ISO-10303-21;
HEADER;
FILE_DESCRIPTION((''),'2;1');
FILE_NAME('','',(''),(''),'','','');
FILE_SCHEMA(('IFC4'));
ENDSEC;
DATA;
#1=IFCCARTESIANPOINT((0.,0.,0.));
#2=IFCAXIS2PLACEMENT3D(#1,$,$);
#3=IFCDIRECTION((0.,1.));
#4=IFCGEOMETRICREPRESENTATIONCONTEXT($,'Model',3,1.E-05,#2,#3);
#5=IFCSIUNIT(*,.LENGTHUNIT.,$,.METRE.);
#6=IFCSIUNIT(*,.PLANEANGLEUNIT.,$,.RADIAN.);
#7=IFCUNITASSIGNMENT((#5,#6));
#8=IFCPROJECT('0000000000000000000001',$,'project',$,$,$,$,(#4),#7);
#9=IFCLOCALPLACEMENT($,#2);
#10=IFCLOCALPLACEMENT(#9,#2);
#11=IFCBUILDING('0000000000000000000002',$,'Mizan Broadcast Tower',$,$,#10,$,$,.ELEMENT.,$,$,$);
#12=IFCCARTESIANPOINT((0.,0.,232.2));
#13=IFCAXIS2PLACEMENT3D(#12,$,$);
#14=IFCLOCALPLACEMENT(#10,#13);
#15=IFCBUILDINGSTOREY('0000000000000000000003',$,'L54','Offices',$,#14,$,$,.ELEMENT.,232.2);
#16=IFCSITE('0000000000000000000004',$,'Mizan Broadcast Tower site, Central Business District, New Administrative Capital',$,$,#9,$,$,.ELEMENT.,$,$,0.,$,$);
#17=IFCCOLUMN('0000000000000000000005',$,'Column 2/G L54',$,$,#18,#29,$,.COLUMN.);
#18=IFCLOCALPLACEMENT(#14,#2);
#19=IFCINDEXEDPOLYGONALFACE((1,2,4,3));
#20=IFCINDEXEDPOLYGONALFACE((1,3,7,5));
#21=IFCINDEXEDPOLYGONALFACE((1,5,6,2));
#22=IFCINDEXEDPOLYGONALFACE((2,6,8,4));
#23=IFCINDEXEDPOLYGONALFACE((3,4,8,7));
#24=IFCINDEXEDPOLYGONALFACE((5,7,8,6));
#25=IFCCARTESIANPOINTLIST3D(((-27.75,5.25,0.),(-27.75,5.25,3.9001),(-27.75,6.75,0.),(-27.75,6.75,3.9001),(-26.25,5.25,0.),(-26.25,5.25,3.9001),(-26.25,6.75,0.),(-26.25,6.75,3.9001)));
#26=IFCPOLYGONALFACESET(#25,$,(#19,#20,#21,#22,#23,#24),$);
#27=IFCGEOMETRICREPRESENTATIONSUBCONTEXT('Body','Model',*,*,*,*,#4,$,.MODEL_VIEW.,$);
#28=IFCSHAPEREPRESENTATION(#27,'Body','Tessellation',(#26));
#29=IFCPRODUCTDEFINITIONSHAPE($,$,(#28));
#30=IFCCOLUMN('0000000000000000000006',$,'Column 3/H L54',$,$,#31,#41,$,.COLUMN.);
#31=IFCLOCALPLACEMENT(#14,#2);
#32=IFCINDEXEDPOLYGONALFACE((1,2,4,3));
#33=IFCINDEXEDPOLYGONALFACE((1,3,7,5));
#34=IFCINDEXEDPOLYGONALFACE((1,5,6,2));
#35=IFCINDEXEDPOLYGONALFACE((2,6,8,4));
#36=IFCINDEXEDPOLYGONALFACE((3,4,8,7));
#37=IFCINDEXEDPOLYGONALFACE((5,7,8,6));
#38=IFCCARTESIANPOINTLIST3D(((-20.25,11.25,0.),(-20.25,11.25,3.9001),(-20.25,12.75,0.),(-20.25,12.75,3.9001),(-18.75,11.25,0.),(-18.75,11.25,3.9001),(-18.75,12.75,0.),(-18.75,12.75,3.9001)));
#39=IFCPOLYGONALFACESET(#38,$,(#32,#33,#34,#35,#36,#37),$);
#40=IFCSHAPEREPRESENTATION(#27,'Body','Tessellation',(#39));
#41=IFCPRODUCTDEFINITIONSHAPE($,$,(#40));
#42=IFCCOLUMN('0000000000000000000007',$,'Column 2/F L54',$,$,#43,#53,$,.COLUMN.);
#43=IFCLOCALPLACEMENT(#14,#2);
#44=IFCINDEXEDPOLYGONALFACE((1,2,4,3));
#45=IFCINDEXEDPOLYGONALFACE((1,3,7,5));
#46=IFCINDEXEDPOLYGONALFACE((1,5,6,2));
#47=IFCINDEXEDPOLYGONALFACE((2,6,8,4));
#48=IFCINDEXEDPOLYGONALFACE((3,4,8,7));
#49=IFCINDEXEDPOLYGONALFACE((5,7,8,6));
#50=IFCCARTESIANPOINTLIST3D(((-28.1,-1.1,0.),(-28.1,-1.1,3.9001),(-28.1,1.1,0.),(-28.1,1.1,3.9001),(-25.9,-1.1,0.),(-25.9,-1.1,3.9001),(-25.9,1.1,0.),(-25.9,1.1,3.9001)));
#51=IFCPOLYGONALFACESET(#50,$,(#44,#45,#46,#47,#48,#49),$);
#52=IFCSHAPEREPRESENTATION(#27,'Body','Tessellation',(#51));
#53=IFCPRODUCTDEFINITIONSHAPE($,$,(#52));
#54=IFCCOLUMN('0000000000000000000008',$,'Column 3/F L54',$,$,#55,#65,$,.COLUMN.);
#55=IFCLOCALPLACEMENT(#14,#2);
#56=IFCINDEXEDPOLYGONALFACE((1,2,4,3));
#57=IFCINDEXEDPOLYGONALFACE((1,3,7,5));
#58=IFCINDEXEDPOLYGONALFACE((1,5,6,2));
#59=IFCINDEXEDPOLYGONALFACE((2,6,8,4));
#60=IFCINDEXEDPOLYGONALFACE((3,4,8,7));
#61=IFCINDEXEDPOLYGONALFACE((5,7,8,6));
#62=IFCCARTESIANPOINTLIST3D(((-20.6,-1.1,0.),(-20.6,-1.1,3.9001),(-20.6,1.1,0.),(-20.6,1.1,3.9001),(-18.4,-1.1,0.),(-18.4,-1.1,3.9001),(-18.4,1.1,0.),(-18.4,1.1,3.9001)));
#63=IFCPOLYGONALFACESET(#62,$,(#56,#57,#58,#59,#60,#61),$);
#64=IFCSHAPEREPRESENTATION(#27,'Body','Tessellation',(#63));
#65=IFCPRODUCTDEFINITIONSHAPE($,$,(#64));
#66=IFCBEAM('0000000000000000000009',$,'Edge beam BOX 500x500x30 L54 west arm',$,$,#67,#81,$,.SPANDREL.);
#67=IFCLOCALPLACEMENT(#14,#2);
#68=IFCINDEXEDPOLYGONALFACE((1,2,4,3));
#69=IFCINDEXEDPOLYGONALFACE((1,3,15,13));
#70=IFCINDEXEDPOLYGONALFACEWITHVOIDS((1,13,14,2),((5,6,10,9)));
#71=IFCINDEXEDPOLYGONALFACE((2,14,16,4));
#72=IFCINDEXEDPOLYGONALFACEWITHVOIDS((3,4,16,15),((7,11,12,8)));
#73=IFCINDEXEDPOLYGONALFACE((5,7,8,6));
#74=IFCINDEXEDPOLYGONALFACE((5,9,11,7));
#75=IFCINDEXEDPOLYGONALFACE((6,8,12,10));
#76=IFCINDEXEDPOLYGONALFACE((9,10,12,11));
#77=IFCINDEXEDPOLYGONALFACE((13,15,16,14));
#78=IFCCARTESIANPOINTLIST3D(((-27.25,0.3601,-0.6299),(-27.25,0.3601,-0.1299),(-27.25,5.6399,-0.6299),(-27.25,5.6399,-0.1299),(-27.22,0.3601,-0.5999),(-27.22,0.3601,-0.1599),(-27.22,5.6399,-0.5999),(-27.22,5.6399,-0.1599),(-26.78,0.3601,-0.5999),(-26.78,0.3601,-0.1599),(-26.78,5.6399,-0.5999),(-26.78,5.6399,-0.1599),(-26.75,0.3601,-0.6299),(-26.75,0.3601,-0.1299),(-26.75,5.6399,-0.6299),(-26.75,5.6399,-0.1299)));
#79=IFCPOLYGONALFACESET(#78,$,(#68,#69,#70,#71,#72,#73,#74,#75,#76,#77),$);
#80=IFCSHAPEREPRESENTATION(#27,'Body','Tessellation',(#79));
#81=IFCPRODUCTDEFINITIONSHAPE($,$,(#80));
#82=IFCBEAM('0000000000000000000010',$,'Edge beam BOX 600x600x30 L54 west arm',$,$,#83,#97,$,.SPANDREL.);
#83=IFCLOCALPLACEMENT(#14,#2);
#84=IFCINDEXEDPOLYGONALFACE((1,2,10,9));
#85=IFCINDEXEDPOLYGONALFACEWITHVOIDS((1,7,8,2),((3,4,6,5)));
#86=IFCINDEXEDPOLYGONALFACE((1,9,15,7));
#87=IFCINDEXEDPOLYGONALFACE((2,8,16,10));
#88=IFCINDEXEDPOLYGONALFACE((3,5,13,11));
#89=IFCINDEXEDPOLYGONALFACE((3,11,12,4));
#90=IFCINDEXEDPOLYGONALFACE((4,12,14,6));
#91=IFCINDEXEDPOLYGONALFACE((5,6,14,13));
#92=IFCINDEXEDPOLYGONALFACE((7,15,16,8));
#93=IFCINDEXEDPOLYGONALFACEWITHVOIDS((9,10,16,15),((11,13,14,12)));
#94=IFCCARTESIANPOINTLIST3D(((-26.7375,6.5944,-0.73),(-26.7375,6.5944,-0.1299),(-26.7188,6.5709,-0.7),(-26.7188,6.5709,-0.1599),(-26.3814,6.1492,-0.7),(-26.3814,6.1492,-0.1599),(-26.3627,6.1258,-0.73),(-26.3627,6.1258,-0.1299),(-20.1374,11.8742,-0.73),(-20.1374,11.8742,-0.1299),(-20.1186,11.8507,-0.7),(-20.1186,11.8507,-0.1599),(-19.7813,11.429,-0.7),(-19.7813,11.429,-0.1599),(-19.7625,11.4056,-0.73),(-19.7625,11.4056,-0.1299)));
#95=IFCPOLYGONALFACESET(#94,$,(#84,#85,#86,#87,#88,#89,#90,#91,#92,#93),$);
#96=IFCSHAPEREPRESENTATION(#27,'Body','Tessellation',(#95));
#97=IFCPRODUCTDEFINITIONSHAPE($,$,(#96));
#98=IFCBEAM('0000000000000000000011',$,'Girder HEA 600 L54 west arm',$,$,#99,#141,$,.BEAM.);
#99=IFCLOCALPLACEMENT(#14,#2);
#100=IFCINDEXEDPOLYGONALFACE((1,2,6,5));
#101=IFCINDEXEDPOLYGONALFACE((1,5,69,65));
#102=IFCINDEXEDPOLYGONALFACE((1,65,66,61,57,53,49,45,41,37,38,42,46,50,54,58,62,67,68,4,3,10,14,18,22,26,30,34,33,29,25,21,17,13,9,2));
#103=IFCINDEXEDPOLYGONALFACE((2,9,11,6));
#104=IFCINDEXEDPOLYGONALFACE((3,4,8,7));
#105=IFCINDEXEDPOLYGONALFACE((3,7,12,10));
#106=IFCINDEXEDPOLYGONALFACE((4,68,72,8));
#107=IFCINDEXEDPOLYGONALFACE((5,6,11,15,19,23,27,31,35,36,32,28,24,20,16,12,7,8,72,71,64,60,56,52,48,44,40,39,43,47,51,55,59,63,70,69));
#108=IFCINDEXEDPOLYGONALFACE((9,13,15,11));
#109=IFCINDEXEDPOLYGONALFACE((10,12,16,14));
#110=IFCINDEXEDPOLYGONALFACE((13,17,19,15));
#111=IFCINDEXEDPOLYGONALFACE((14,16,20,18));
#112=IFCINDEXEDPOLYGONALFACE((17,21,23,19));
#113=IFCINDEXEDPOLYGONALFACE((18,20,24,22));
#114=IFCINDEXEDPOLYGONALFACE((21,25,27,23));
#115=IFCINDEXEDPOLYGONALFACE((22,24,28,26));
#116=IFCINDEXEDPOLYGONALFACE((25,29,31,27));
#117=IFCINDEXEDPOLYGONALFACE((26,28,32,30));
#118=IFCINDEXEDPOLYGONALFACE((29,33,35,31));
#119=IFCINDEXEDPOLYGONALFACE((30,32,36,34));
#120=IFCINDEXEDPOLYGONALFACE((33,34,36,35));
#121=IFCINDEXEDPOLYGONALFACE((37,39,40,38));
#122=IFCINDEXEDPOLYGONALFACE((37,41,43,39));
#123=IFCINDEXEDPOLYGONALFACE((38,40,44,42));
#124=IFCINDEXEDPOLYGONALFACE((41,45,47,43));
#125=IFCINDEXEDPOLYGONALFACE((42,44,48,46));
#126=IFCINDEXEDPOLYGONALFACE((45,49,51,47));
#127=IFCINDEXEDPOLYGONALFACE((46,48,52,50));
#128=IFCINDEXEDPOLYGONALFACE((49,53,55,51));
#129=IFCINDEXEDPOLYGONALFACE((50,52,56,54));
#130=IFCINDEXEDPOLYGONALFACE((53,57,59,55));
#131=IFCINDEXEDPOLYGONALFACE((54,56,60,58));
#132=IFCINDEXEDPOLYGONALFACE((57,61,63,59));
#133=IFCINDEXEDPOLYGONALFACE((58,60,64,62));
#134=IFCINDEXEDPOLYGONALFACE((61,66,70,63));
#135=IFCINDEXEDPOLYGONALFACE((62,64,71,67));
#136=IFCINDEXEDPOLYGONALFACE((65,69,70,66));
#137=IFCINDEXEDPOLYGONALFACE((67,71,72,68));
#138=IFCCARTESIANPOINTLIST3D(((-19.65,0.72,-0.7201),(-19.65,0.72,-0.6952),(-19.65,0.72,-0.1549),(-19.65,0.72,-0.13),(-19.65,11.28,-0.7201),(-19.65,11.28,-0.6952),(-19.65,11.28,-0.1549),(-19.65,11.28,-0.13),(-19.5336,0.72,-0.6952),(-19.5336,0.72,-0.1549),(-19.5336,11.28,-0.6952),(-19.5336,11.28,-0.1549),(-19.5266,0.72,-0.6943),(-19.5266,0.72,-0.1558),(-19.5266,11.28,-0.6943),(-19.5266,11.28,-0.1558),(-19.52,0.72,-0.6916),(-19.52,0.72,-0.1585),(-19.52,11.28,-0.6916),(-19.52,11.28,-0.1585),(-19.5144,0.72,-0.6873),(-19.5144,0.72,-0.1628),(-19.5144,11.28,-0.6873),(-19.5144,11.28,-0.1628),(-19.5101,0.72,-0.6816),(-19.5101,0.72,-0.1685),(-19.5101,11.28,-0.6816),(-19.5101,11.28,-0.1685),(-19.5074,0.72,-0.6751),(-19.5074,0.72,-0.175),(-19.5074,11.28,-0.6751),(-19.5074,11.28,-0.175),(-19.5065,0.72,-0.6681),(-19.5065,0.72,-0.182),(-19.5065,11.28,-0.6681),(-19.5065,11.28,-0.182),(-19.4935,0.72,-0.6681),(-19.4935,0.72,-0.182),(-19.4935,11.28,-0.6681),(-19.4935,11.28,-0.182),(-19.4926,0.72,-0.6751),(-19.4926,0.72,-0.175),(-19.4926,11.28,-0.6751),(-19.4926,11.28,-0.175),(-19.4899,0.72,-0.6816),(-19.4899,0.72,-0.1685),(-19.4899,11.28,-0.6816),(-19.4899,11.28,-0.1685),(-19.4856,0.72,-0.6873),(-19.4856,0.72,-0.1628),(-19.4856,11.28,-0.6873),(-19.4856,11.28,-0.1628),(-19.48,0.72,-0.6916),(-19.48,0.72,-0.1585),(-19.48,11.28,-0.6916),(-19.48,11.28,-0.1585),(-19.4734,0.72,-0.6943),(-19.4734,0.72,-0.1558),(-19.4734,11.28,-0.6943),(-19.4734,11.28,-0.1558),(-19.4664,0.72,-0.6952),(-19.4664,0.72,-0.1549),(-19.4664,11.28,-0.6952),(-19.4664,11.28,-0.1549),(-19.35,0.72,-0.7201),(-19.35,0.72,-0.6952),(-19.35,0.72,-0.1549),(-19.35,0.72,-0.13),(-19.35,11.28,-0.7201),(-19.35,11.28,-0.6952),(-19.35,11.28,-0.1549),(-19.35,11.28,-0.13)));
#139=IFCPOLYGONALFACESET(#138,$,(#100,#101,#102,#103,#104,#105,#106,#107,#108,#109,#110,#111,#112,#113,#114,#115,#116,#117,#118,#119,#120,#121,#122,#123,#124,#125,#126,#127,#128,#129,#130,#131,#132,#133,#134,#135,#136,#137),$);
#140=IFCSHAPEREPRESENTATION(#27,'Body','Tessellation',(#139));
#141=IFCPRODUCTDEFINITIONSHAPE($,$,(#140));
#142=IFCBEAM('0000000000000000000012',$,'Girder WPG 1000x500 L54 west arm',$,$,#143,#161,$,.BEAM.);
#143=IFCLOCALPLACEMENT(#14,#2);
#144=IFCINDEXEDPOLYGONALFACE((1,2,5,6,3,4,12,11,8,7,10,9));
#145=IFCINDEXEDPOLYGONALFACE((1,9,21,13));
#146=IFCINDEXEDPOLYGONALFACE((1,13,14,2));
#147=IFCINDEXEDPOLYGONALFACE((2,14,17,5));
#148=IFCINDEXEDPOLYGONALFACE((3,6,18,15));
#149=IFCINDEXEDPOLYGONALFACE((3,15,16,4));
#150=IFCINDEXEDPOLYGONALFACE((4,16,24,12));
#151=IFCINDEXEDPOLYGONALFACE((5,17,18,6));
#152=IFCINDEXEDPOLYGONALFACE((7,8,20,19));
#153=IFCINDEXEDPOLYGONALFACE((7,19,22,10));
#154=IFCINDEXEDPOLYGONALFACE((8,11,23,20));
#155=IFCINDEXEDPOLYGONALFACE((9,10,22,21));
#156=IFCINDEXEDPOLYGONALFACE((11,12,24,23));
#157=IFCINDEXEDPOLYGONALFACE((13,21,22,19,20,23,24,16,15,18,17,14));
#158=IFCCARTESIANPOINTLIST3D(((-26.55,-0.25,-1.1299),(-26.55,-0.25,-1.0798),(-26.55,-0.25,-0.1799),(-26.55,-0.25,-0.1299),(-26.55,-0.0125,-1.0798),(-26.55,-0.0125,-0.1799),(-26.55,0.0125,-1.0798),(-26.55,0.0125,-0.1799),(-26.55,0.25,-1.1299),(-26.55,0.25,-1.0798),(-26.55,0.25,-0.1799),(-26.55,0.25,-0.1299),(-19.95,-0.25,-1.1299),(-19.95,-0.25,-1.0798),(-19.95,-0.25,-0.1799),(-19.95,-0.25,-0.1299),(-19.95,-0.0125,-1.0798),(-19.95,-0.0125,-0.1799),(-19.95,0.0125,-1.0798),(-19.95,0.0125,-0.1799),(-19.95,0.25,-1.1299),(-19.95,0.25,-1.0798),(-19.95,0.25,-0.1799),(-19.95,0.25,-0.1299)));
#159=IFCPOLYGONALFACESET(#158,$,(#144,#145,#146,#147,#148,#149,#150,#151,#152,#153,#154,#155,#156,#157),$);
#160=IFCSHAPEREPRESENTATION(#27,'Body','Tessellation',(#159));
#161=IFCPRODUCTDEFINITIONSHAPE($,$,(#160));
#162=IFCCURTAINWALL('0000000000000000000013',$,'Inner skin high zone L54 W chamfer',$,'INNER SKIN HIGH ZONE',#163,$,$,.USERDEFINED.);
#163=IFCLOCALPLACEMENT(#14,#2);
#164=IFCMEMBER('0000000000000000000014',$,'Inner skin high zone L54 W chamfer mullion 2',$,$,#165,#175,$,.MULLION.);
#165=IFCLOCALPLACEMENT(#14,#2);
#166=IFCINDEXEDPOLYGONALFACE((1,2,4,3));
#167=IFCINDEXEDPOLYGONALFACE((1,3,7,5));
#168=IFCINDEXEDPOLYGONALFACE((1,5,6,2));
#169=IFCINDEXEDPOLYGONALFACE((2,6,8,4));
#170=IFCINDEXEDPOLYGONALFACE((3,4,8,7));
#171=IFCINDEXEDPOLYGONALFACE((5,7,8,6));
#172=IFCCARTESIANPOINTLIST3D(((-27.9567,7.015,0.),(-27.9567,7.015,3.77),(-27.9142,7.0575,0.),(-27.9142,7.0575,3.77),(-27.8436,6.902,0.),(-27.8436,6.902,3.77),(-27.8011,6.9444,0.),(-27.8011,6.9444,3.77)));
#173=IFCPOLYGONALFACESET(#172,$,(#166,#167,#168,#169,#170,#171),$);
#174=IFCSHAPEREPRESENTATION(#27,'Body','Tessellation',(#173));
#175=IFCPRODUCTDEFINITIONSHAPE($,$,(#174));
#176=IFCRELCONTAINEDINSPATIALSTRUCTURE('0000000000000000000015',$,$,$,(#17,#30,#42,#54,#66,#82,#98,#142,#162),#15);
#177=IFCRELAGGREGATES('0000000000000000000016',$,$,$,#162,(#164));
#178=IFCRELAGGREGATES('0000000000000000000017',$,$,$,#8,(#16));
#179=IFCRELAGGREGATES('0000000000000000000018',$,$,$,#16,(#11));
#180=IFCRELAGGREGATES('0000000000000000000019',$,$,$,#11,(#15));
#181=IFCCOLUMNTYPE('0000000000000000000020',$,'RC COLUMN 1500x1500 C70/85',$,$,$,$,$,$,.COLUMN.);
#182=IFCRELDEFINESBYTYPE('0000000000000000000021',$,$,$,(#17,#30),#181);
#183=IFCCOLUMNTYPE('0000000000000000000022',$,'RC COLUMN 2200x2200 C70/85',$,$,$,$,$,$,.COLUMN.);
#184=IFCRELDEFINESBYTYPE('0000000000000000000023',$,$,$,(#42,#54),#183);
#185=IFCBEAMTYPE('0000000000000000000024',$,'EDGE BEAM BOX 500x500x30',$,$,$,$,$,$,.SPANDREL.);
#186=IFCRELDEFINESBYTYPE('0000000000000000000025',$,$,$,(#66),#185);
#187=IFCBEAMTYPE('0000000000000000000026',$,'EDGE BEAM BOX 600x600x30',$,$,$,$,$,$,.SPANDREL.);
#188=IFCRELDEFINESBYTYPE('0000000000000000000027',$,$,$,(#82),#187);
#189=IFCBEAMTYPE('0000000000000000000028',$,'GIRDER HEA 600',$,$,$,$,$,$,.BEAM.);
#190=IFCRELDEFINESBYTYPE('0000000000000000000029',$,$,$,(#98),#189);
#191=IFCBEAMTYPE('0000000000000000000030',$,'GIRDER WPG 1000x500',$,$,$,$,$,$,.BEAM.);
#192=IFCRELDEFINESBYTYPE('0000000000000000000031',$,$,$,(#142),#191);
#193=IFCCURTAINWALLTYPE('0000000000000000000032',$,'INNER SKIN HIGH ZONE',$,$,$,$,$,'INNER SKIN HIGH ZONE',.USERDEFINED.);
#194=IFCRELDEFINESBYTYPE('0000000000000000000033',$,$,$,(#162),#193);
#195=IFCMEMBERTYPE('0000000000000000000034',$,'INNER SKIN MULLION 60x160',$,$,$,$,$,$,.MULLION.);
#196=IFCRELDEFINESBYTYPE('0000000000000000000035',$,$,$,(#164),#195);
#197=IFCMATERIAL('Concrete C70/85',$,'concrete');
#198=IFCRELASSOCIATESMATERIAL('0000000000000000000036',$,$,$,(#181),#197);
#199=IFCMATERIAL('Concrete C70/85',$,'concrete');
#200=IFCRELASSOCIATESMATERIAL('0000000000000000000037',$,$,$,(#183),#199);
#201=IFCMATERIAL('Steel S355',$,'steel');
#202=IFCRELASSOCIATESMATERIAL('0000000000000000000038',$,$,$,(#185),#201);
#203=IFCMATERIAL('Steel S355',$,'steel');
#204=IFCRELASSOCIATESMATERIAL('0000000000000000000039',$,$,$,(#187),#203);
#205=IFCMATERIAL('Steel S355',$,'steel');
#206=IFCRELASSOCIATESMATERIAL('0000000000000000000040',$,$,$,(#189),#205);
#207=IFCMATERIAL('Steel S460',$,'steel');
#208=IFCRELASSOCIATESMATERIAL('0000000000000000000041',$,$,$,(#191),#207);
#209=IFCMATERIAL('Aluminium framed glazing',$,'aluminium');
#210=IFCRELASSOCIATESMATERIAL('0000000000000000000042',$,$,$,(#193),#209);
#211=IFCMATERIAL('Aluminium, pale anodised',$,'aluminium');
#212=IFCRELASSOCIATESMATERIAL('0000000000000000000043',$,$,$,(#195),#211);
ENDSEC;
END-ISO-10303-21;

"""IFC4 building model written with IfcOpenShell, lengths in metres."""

from ifc_helpers import new_model, si_unit, direction, frame, origin, origin_2d, place, context, subcontext, project, spatial, rectangle, hollow_rectangle, i_section, extrude, material, material_profile, profile_set, type_object, element, aggregate, save


model = new_model("IFC4")

# Units and contexts
model_context = context("Model", 3, precision=1e-05, world=origin(), true_north=direction((0.0, 1.0)))
body_context = subcontext(model_context, "Body", "Model", "MODEL_VIEW")
ifc_project = project(units=[si_unit("LENGTHUNIT", "METRE"), si_unit("PLANEANGLEUNIT", "RADIAN")], contexts=[model_context])

# Site, building, storey
site_placement = place(None, origin())
site = spatial("IfcSite", under=ifc_project, at=site_placement, Name="Mizan Broadcast Tower site, Central Business District, New Administrative Capital", CompositionType="ELEMENT", RefElevation=0.0)
building_placement = place(site_placement, origin())
building = spatial("IfcBuilding", under=site, at=building_placement, Name="Mizan Broadcast Tower", CompositionType="ELEMENT")
storey_placement = place(building_placement, frame((0.0, 0.0, 232.2)))
storey = spatial("IfcBuildingStorey", under=building, at=storey_placement, Name="L54", Description="Offices", CompositionType="ELEMENT", Elevation=232.2)

# Columns
ifc_material_1 = material(Name="Concrete C70/85", Category="concrete")
ifc_material_profile_1 = material_profile(ifc_material_1, rectangle(XDim=1.5, YDim=1.5, at=origin_2d()), Name="RC 1500x1500")
ifc_profile_set_1 = profile_set([ifc_material_profile_1], Name="Concrete C70/85")
column_type_1 = type_object("IfcColumnType", Name="RC COLUMN 1500x1500 C70/85", PredefinedType="COLUMN", material=ifc_profile_set_1)
for number, where, z_axis, x_axis, name in (
    (1, (-27.0, 6.0, 0.0), (0.0, 0.0, 1.0), (1.0, 0.0, 0.0), "Column 2/G L54"),
    (2, (-19.5, 12.0, 0.0), (0.0, 0.0, 1.0), (1.0, 0.0, 0.0), "Column 3/H L54"),
):
    element("IfcColumn", number, at=place(storey_placement, frame(where, z_axis=z_axis, x_axis=x_axis)), inside=storey, type_object=column_type_1, Name=name, PredefinedType="COLUMN", context=body_context, shape_type="SweptSolid", body=[
        extrude(rectangle(XDim=1.5, YDim=1.5, at=origin_2d()), origin(), (0.0, 0.0, 1.0), 3.9001),
    ])
ifc_material_2 = material(Name="Concrete C70/85", Category="concrete")
ifc_material_profile_2 = material_profile(ifc_material_2, rectangle(XDim=2.2, YDim=2.2, at=origin_2d()), Name="RC 2200x2200")
ifc_profile_set_2 = profile_set([ifc_material_profile_2], Name="Concrete C70/85")
column_type_2 = type_object("IfcColumnType", Name="RC COLUMN 2200x2200 C70/85", PredefinedType="COLUMN", material=ifc_profile_set_2)
for number, where, z_axis, x_axis, name in (
    (3, (-27.0, 0.0, 0.0), (0.0, 0.0, 1.0), (1.0, 0.0, 0.0), "Column 2/F L54"),
    (4, (-19.5, 0.0, 0.0), (0.0, 0.0, 1.0), (1.0, 0.0, 0.0), "Column 3/F L54"),
):
    element("IfcColumn", number, at=place(storey_placement, frame(where, z_axis=z_axis, x_axis=x_axis)), inside=storey, type_object=column_type_2, Name=name, PredefinedType="COLUMN", context=body_context, shape_type="SweptSolid", body=[
        extrude(rectangle(XDim=2.2, YDim=2.2, at=origin_2d()), origin(), (0.0, 0.0, 1.0), 3.9001),
    ])

# Beams
ifc_material_3 = material(Name="Steel S355", Category="steel")
ifc_material_profile_3 = material_profile(ifc_material_3, hollow_rectangle(XDim=0.5, YDim=0.5, WallThickness=0.03, at=origin_2d()), Name="BOX 500x500x30")
ifc_profile_set_3 = profile_set([ifc_material_profile_3], Name="Steel S355")
beam_type_1 = type_object("IfcBeamType", Name="EDGE BEAM BOX 500x500x30", PredefinedType="SPANDREL", material=ifc_profile_set_3)
beam_1_placement = place(storey_placement, frame((-27.0, 5.6399, -0.3799), z_axis=(0.0, -1.0, 0.0), x_axis=(1.0, 0.0, 0.0)))
element("IfcBeam", 5, at=beam_1_placement, inside=storey, type_object=beam_type_1, Name="Edge beam BOX 500x500x30 L54 west arm", PredefinedType="SPANDREL", context=body_context, shape_type="SweptSolid", body=[
    extrude(hollow_rectangle(XDim=0.5, YDim=0.5, WallThickness=0.03, at=origin_2d()), origin(), (0.0, 0.0, 1.0), 5.2798),
])
ifc_material_4 = material(Name="Steel S355", Category="steel")
ifc_material_profile_4 = material_profile(ifc_material_4, hollow_rectangle(XDim=0.6001, YDim=0.6001, WallThickness=0.03, at=origin_2d()), Name="BOX 600x600x30")
ifc_profile_set_4 = profile_set([ifc_material_profile_4], Name="Steel S355")
beam_type_2 = type_object("IfcBeamType", Name="EDGE BEAM BOX 600x600x30", PredefinedType="SPANDREL", material=ifc_profile_set_4)
beam_2_placement = place(storey_placement, frame((-19.95, 11.6399, -0.4299), z_axis=(-0.780886, -0.624674, 0.0), x_axis=(0.624674, -0.780886, 0.0)))
element("IfcBeam", 6, at=beam_2_placement, inside=storey, type_object=beam_type_2, Name="Edge beam BOX 600x600x30 L54 west arm", PredefinedType="SPANDREL", context=body_context, shape_type="SweptSolid", body=[
    extrude(hollow_rectangle(XDim=0.6001, YDim=0.6001, WallThickness=0.03, at=origin_2d()), origin(), (0.0, 0.0, 1.0), 8.4521),
])
ifc_material_5 = material(Name="Steel S355", Category="steel")
ifc_material_profile_5 = material_profile(ifc_material_5, i_section(OverallWidth=0.3, OverallDepth=0.5901, WebThickness=0.0129, FlangeThickness=0.0249, FilletRadius=0.0271, at=origin_2d()), Name="HEA 600")
ifc_profile_set_5 = profile_set([ifc_material_profile_5], Name="Steel S355")
beam_type_3 = type_object("IfcBeamType", Name="GIRDER HEA 600", PredefinedType="BEAM", material=ifc_profile_set_5)
beam_3_placement = place(storey_placement, frame((-19.5, 11.28, -0.425), z_axis=(0.0, -1.0, 0.0), x_axis=(1.0, 0.0, 0.0)))
element("IfcBeam", 7, at=beam_3_placement, inside=storey, type_object=beam_type_3, Name="Girder HEA 600 L54 west arm", PredefinedType="BEAM", context=body_context, shape_type="SweptSolid", body=[
    extrude(i_section(OverallWidth=0.3, OverallDepth=0.5901, WebThickness=0.0129, FlangeThickness=0.0249, FilletRadius=0.0271, at=origin_2d()), origin(), (0.0, 0.0, 1.0), 10.5601),
])
ifc_material_6 = material(Name="Steel S460", Category="steel")
ifc_material_profile_6 = material_profile(ifc_material_6, i_section(OverallWidth=0.5, OverallDepth=1.0, WebThickness=0.0249, FlangeThickness=0.05, at=origin_2d()), Name="WPG 1000x500")
ifc_profile_set_6 = profile_set([ifc_material_profile_6], Name="Steel S460")
beam_type_4 = type_object("IfcBeamType", Name="GIRDER WPG 1000x500", PredefinedType="BEAM", material=ifc_profile_set_6)
beam_4_placement = place(storey_placement, frame((-19.95, 0.0, -0.6299), z_axis=(-1.0, 0.0, 0.0), x_axis=(0.0, -1.0, 0.0)))
element("IfcBeam", 8, at=beam_4_placement, inside=storey, type_object=beam_type_4, Name="Girder WPG 1000x500 L54 west arm", PredefinedType="BEAM", context=body_context, shape_type="SweptSolid", body=[
    extrude(i_section(OverallWidth=0.5, OverallDepth=1.0, WebThickness=0.0249, FlangeThickness=0.05, at=origin_2d()), origin(), (0.0, 0.0, 1.0), 6.6001),
])

# Curtain wall, member
ifc_material_7 = material(Name="Aluminium framed glazing", Category="aluminium")
curtain_wall_type_1 = type_object("IfcCurtainWallType", Name="INNER SKIN HIGH ZONE", ElementType="INNER SKIN HIGH ZONE", PredefinedType="USERDEFINED", material=ifc_material_7)
curtain_wall_1_placement = place(storey_placement, origin())
curtain_wall_1 = element("IfcCurtainWall", 9, at=curtain_wall_1_placement, inside=storey, type_object=curtain_wall_type_1, Name="Inner skin high zone L54 W chamfer", ObjectType="INNER SKIN HIGH ZONE", PredefinedType="USERDEFINED")
ifc_material_8 = material(Name="Aluminium, pale anodised", Category="aluminium")
ifc_material_profile_7 = material_profile(ifc_material_8, rectangle(XDim=0.1599, YDim=0.0601, at=origin_2d()), Name="MULLION 160x60")
ifc_profile_set_7 = profile_set([ifc_material_profile_7], Name="Aluminium, pale anodised")
member_type_1 = type_object("IfcMemberType", Name="INNER SKIN MULLION 60x160", PredefinedType="MULLION", material=ifc_profile_set_7)
member_1_placement = place(storey_placement, frame((-27.8789, 6.9797, 0.0), z_axis=(0.0, 0.0, 1.0), x_axis=(0.707107, -0.707107, 0.0)))
member_1 = element("IfcMember", 10, at=member_1_placement, type_object=member_type_1, Name="Inner skin high zone L54 W chamfer mullion 2", PredefinedType="MULLION", context=body_context, shape_type="SweptSolid", body=[
    extrude(rectangle(XDim=0.1599, YDim=0.0601, at=origin_2d()), origin(), (0.0, 0.0, 1.0), 3.77),
])

aggregate(curtain_wall_1, [member_1])

save(model, "model.ifc")
